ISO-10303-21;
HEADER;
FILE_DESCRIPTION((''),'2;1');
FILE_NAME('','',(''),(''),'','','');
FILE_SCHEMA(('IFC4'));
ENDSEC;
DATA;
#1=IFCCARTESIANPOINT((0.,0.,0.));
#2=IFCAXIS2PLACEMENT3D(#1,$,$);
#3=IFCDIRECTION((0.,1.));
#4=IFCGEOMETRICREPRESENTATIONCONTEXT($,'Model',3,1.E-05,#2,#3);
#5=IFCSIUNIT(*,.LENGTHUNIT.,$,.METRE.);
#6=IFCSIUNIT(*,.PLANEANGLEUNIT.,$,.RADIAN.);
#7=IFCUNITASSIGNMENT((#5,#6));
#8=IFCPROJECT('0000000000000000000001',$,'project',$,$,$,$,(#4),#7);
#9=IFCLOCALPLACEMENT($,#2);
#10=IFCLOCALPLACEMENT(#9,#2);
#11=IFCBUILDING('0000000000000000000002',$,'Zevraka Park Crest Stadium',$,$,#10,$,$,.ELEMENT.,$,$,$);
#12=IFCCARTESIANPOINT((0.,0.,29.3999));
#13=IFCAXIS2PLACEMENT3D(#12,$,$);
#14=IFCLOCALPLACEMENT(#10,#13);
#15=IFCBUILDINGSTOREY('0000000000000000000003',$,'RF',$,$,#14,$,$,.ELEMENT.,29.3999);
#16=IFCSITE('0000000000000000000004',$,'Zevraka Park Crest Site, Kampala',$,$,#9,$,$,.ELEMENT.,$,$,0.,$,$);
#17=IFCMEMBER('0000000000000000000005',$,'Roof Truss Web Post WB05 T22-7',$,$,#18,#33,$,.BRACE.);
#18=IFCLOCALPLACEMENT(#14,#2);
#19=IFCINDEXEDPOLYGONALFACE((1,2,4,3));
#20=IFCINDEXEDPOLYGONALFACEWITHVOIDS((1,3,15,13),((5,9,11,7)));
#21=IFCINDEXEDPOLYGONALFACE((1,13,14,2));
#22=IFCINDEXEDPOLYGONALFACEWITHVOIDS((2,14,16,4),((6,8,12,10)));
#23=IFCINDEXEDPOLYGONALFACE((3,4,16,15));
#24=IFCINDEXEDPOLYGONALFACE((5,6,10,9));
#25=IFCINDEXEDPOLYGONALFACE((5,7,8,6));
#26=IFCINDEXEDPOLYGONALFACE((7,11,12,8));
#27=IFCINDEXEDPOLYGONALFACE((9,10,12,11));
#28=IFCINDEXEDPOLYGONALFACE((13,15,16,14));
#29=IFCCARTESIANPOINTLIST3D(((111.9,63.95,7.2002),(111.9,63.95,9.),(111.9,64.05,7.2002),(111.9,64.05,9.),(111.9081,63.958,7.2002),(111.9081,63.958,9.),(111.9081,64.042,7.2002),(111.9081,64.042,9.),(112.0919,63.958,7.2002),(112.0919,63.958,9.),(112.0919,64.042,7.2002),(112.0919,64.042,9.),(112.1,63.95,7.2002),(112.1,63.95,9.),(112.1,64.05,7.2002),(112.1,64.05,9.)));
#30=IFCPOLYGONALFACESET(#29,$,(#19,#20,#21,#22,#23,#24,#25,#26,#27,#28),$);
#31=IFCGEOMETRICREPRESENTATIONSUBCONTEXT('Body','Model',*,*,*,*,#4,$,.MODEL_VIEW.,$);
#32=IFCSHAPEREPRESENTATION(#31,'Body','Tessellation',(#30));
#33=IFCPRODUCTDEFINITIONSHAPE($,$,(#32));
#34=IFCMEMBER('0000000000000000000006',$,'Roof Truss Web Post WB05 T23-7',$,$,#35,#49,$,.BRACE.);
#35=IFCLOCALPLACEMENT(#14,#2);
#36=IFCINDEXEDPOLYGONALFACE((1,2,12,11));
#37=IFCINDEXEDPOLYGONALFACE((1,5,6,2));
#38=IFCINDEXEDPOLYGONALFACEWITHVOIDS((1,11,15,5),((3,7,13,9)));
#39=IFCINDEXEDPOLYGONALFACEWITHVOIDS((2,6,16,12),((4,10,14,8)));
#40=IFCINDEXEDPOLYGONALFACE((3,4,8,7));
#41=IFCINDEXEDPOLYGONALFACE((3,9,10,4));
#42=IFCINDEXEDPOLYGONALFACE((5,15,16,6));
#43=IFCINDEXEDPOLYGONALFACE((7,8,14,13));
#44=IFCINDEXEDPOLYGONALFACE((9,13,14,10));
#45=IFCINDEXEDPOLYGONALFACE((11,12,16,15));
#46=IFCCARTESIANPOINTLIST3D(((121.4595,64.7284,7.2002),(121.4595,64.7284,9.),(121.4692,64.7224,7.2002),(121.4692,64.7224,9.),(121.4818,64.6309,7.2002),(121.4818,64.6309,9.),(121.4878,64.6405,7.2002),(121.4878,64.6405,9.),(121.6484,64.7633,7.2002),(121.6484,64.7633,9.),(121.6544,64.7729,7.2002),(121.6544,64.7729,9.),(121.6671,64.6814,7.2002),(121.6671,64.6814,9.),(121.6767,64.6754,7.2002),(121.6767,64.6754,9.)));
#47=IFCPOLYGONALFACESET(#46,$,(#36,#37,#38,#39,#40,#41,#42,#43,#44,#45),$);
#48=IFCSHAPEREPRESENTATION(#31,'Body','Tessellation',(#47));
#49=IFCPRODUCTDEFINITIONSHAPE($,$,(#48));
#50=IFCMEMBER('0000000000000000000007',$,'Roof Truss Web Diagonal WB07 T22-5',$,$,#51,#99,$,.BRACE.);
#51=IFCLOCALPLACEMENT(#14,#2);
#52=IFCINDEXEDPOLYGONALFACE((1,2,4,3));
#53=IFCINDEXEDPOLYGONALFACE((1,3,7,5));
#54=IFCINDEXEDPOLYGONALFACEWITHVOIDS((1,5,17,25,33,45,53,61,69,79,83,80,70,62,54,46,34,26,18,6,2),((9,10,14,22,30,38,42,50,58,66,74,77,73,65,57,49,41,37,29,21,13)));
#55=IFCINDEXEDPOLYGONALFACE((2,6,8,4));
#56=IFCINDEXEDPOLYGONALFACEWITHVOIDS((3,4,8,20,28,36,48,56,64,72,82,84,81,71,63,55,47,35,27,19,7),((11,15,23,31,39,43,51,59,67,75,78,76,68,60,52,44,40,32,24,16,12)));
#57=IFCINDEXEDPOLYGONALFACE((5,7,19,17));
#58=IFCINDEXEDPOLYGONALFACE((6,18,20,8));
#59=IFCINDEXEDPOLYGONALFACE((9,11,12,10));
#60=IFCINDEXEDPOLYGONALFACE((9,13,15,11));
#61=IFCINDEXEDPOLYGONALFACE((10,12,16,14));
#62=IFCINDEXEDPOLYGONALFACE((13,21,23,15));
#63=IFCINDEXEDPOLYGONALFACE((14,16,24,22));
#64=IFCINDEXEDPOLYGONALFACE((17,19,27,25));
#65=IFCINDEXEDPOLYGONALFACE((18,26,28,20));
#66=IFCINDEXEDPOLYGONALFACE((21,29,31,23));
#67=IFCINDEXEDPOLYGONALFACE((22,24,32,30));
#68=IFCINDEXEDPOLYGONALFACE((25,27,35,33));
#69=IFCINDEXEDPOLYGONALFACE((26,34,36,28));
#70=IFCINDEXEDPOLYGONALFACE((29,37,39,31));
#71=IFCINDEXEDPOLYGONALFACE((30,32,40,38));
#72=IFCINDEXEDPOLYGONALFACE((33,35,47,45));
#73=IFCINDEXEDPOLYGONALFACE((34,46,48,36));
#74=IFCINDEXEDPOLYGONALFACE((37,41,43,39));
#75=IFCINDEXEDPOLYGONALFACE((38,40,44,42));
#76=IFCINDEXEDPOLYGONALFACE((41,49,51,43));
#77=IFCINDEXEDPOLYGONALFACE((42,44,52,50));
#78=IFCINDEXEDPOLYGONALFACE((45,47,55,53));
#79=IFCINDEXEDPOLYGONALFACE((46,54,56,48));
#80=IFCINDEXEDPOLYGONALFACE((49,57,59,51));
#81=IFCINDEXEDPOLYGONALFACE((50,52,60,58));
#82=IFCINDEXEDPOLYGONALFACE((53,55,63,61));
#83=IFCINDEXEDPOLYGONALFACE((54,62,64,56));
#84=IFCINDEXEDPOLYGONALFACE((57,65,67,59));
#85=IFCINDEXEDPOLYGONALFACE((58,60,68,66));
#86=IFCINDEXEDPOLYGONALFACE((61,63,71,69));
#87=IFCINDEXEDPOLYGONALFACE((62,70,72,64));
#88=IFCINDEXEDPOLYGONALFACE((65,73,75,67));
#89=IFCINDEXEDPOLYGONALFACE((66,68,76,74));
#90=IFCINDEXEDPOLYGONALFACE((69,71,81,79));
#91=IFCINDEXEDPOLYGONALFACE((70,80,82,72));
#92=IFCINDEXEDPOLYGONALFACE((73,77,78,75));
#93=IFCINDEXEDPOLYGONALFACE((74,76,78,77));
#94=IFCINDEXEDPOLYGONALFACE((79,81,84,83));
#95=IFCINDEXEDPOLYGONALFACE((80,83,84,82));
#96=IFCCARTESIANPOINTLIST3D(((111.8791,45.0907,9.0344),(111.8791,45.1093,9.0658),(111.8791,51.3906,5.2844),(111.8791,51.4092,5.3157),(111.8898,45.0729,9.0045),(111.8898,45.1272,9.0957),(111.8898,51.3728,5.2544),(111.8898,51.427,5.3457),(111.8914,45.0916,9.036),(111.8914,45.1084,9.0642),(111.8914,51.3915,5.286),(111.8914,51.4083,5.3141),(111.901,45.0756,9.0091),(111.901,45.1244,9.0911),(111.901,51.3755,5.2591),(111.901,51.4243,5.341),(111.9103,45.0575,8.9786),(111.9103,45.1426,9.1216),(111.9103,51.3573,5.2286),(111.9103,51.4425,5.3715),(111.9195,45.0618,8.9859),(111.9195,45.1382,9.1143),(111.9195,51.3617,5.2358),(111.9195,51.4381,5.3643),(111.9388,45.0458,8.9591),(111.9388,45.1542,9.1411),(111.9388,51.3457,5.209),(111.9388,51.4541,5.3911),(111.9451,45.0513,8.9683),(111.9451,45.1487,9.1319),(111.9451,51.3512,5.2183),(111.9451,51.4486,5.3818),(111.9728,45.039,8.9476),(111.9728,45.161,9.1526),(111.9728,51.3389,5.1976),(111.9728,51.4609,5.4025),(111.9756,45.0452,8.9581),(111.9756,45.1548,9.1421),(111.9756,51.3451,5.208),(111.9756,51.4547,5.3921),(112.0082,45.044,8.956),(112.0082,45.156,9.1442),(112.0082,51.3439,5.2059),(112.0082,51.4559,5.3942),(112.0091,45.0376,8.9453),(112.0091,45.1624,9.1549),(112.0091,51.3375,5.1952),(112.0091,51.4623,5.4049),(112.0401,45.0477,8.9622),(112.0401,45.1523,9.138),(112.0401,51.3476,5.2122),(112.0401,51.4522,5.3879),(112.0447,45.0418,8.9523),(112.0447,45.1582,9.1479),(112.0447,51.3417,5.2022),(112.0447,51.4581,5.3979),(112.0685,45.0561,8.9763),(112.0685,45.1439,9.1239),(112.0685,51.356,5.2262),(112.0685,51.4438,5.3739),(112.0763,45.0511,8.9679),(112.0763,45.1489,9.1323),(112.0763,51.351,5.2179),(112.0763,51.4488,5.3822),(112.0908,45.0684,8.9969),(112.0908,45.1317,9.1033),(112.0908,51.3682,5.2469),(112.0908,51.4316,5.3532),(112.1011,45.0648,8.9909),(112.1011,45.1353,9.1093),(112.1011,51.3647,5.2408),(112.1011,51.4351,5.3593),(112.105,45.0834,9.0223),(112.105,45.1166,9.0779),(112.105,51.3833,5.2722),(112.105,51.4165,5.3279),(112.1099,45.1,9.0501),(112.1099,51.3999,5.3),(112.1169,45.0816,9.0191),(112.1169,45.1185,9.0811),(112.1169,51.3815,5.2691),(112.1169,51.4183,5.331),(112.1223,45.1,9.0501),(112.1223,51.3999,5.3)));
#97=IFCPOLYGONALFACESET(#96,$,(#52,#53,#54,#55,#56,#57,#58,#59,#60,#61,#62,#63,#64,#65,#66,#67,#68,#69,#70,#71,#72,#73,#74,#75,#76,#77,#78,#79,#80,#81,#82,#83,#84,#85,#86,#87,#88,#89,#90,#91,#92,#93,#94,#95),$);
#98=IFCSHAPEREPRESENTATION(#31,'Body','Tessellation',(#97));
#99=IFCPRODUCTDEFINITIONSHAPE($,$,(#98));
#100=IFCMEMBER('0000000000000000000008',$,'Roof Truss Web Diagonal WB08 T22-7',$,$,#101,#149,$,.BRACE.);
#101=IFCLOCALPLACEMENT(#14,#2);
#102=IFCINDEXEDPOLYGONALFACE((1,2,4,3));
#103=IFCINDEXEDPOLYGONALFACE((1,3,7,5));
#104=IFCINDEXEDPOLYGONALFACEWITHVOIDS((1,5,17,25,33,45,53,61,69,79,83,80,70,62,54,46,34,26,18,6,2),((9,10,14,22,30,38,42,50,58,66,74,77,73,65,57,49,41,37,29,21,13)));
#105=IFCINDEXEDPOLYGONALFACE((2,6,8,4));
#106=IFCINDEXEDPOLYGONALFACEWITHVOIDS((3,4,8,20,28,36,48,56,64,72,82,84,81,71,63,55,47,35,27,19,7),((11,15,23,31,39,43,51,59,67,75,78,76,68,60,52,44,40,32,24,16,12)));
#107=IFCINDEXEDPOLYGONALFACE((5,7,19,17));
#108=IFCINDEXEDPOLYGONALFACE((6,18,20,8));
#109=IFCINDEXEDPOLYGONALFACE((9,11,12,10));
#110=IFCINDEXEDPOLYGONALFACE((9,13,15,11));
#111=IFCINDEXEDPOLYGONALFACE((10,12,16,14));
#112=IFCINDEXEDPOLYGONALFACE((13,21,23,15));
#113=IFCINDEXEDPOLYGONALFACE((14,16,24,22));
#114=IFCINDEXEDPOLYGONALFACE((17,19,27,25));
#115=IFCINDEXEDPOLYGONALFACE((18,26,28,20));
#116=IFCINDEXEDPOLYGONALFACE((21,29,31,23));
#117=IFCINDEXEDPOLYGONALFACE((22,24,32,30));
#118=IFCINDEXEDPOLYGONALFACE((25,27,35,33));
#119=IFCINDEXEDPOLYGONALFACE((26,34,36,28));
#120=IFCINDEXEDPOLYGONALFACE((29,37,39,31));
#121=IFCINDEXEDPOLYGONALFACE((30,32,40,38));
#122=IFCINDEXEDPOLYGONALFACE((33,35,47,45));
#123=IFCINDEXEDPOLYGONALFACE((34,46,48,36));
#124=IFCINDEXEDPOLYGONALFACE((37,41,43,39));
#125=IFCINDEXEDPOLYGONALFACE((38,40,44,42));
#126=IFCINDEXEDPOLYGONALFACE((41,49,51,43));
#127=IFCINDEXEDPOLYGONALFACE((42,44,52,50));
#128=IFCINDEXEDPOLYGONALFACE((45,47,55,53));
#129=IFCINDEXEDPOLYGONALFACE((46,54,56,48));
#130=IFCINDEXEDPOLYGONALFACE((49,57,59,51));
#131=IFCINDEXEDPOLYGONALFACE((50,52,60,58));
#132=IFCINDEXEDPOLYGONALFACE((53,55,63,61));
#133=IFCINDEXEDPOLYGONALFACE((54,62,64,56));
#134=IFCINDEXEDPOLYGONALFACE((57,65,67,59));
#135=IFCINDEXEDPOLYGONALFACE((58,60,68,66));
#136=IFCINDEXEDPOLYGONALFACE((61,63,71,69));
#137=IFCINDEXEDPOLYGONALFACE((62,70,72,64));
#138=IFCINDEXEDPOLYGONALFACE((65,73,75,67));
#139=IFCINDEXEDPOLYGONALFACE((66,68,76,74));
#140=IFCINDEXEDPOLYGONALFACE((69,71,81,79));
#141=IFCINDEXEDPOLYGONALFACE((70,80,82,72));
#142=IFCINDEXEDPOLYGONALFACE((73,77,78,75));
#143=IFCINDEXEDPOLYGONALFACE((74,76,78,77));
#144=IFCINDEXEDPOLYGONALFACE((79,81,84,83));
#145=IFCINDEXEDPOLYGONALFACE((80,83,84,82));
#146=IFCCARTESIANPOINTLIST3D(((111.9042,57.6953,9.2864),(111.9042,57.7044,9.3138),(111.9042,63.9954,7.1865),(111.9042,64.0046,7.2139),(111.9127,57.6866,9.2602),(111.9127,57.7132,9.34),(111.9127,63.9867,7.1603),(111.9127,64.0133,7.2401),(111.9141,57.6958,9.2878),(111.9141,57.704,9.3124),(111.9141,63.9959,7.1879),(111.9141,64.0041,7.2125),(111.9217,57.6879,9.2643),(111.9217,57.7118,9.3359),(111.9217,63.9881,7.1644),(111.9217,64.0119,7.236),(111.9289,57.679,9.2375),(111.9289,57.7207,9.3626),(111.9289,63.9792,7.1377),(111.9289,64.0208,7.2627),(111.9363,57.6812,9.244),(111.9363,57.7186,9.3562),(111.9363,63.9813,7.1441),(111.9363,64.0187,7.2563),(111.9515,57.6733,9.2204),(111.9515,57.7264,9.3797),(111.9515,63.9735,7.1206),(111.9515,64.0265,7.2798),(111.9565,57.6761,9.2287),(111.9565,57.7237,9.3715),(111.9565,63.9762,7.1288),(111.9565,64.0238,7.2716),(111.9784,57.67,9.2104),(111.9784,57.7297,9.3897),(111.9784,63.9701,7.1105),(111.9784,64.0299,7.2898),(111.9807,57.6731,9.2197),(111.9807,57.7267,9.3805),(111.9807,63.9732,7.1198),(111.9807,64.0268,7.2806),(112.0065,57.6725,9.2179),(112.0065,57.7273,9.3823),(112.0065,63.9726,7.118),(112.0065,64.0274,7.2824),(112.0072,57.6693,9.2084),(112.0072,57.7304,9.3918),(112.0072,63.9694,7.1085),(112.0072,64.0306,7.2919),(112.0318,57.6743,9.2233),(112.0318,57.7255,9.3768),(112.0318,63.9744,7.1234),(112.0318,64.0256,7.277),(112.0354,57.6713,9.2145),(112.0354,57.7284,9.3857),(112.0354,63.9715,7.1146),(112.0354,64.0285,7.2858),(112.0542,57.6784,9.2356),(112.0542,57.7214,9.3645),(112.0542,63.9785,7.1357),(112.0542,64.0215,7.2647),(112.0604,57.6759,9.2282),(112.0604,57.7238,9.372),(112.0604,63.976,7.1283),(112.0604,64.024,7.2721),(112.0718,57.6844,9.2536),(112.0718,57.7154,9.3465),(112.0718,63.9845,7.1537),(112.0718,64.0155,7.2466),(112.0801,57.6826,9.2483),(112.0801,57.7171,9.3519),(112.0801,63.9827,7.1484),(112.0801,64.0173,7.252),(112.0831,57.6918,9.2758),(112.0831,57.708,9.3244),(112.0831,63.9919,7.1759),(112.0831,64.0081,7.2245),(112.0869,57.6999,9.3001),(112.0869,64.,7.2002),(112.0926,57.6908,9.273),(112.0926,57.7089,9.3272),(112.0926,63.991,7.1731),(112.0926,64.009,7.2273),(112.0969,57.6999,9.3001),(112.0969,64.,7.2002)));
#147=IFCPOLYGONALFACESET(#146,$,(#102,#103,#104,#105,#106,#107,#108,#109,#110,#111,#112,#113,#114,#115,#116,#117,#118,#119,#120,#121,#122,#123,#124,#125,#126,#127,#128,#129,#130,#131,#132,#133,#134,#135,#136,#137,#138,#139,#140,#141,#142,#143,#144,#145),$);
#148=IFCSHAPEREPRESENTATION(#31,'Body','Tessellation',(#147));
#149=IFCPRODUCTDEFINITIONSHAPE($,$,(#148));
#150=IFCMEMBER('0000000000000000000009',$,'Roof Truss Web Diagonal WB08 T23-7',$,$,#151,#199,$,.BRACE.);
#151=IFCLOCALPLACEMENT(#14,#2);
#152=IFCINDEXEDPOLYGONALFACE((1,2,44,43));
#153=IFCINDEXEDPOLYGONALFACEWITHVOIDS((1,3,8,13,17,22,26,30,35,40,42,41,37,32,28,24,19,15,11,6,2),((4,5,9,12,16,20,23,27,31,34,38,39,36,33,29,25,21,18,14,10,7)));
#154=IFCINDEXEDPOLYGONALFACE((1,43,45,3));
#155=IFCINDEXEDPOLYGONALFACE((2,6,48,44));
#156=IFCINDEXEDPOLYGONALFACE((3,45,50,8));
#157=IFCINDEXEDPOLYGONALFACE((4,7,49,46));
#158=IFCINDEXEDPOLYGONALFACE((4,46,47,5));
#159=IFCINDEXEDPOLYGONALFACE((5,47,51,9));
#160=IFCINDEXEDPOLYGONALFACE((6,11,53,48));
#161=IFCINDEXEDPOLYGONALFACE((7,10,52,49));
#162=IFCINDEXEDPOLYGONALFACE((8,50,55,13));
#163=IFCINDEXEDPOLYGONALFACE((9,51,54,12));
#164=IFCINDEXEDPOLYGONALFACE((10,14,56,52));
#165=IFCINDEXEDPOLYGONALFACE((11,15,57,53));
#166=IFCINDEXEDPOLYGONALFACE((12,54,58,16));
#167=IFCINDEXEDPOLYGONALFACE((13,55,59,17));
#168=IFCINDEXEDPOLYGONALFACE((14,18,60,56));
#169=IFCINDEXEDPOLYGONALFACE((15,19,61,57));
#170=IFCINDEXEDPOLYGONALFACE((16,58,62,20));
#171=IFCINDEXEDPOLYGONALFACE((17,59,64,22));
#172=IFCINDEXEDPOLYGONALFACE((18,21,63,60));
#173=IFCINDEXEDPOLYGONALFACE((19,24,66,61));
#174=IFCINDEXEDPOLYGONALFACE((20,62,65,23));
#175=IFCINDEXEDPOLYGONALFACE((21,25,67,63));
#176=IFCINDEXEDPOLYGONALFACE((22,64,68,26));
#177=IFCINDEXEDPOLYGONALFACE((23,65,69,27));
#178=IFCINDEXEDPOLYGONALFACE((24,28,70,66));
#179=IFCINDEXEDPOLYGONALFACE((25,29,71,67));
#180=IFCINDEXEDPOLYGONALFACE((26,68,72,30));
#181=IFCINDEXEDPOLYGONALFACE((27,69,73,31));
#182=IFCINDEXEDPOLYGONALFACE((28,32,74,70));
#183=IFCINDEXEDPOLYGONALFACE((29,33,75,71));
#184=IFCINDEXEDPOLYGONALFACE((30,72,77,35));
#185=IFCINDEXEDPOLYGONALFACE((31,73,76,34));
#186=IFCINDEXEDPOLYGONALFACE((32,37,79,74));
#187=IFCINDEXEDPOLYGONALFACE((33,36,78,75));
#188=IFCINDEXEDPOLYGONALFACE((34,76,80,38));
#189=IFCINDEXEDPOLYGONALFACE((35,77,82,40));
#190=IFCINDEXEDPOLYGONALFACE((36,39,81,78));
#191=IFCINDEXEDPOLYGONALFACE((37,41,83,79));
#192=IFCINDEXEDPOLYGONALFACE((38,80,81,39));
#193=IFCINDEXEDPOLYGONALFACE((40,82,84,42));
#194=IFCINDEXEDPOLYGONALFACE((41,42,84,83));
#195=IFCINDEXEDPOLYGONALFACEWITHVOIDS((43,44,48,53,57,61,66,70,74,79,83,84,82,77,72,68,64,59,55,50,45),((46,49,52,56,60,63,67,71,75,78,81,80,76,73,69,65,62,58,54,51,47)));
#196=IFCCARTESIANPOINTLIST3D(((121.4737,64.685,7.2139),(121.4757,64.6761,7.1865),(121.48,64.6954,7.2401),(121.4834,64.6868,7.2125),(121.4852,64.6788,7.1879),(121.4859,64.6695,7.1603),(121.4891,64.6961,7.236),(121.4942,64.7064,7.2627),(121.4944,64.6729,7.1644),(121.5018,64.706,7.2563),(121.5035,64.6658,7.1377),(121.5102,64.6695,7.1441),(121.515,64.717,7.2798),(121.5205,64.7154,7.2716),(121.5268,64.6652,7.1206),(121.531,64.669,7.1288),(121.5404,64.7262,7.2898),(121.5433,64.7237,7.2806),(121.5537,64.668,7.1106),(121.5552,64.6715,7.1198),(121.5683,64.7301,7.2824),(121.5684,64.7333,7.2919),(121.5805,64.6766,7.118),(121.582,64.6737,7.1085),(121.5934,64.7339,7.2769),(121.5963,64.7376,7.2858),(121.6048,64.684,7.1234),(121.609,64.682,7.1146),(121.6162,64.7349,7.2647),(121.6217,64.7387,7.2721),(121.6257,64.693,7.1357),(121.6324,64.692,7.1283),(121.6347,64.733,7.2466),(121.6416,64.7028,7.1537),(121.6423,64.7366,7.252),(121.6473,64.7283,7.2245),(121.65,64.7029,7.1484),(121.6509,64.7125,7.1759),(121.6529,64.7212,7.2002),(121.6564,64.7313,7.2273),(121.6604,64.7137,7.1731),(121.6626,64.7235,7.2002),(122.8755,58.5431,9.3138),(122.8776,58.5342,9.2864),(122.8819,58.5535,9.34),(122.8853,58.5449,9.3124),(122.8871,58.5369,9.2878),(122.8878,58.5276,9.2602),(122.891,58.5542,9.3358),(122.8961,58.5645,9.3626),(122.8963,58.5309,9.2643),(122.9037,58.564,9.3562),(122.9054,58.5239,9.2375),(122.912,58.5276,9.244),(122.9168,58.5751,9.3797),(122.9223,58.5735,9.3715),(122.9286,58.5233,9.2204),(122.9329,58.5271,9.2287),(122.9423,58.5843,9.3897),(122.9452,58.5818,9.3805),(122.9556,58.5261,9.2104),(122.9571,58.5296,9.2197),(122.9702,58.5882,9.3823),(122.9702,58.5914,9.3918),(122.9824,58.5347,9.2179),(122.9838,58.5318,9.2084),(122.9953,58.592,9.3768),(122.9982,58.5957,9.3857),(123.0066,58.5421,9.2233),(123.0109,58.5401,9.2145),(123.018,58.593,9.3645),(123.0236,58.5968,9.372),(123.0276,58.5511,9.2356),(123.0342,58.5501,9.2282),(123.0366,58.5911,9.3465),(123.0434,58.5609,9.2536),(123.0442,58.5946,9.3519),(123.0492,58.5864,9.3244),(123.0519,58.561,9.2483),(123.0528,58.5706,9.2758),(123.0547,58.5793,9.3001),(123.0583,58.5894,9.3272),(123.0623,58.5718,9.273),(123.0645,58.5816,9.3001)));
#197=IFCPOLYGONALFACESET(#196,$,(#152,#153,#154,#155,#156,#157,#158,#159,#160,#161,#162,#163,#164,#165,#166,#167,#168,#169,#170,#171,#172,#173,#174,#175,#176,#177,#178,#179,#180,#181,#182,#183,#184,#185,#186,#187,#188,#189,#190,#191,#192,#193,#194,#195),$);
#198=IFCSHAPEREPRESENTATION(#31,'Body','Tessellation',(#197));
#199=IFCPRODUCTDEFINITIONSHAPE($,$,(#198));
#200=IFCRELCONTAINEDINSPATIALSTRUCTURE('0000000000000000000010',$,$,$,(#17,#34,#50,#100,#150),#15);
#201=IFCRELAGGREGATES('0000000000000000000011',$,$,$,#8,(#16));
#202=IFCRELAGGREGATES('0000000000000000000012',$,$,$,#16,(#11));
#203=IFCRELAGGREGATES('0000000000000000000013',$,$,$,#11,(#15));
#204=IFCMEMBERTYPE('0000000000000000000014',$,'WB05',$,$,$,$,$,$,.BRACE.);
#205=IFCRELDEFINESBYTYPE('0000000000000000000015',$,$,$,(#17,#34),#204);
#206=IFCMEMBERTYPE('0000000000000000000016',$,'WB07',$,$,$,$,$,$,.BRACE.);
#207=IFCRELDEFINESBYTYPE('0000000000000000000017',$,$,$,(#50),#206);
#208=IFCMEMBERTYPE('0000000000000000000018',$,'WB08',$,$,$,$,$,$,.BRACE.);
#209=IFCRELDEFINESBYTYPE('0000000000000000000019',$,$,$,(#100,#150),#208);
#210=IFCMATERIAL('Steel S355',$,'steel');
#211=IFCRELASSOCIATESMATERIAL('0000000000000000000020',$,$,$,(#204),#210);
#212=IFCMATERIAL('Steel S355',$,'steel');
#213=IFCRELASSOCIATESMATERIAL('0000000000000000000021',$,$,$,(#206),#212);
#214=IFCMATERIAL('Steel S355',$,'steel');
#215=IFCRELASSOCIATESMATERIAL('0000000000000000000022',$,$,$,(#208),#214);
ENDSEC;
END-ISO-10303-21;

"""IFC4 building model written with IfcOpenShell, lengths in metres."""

from ifc_helpers import new_model, si_unit, direction, frame, origin, origin_2d, place, context, subcontext, project, spatial, hollow_rectangle, hollow_circle, extrude, material, material_profile, profile_set, type_object, element, save


model = new_model("IFC4")

# Units and contexts
model_context = context("Model", 3, precision=1e-05, world=origin(), true_north=direction((0.0, 1.0)))
body_context = subcontext(model_context, "Body", "Model", "MODEL_VIEW")
ifc_project = project(units=[si_unit("LENGTHUNIT", "METRE"), si_unit("PLANEANGLEUNIT", "RADIAN")], contexts=[model_context])

# Site, building, storey
site_placement = place(None, origin())
site = spatial("IfcSite", under=ifc_project, at=site_placement, Name="Zevraka Park Crest Site, Kampala", CompositionType="ELEMENT", RefElevation=0.0)
building_placement = place(site_placement, origin())
building = spatial("IfcBuilding", under=site, at=building_placement, Name="Zevraka Park Crest Stadium", CompositionType="ELEMENT")
storey_placement = place(building_placement, frame((0.0, 0.0, 29.3999)))
storey = spatial("IfcBuildingStorey", under=building, at=storey_placement, Name="RF", CompositionType="ELEMENT", Elevation=29.3999)

# Members
ifc_material_1 = material(Name="Steel S355", Category="steel")
ifc_material_profile_1 = material_profile(ifc_material_1, hollow_rectangle(XDim=0.1001, YDim=0.2, WallThickness=0.0081, at=origin_2d()), Name="RHS 200x100x8")
ifc_profile_set_1 = profile_set([ifc_material_profile_1], Name="Steel S355")
member_type_1 = type_object("IfcMemberType", Name="WB05", PredefinedType="BRACE", material=ifc_profile_set_1)
for number, where, z_axis, x_axis, name in (
    (1, (112.0, 64.0, 7.2002), (0.0, 0.0, 1.0), (0.0, 1.0, 0.0), "Roof Truss Web Post WB05 T22-7"),
    (2, (121.5681, 64.7019, 7.2002), (0.0, 0.0, 1.0), (-0.22257, 0.974917, 0.0), "Roof Truss Web Post WB05 T23-7"),
):
    element("IfcMember", number, at=place(storey_placement, frame(where, z_axis=z_axis, x_axis=x_axis)), inside=storey, type_object=member_type_1, Name=name, PredefinedType="BRACE", context=body_context, shape_type="SweptSolid", body=[
        extrude(hollow_rectangle(XDim=0.1001, YDim=0.2, WallThickness=0.0081, at=origin_2d()), origin(), (0.0, 0.0, 1.0), 1.7998),
    ])
ifc_material_2 = material(Name="Steel S355", Category="steel")
ifc_material_profile_2 = material_profile(ifc_material_2, hollow_circle(Radius=0.1223, WallThickness=0.0125, at=origin_2d()), Name="CHS 244.5x12.5")
ifc_profile_set_2 = profile_set([ifc_material_profile_2], Name="Steel S355")
member_type_2 = type_object("IfcMemberType", Name="WB07", PredefinedType="BRACE", material=ifc_profile_set_2)
member_1_placement = place(storey_placement, frame((112.0, 51.3999, 5.3), z_axis=(0.0, -0.859286, 0.511496), x_axis=(1.0, 0.0, 0.0)))
element("IfcMember", 3, at=member_1_placement, inside=storey, type_object=member_type_2, Name="Roof Truss Web Diagonal WB07 T22-5", PredefinedType="BRACE", context=body_context, shape_type="SweptSolid", body=[
    extrude(hollow_circle(Radius=0.1223, WallThickness=0.0125, at=origin_2d()), origin(), (0.0, 0.0, 1.0), 7.3315),
])
ifc_material_3 = material(Name="Steel S355", Category="steel")
ifc_material_profile_3 = material_profile(ifc_material_3, hollow_circle(Radius=0.0969, WallThickness=0.01, at=origin_2d()), Name="CHS 193.7x10")
ifc_profile_set_3 = profile_set([ifc_material_profile_3], Name="Steel S355")
member_type_3 = type_object("IfcMemberType", Name="WB08", PredefinedType="BRACE", material=ifc_profile_set_3)
member_2_placement = place(storey_placement, frame((112.0, 64.0, 7.2002), z_axis=(0.0, -0.948691, 0.316206), x_axis=(1.0, 0.0, 0.0)))
element("IfcMember", 4, at=member_2_placement, inside=storey, type_object=member_type_3, Name="Roof Truss Web Diagonal WB08 T22-7", PredefinedType="BRACE", context=body_context, shape_type="SweptSolid", body=[
    extrude(hollow_circle(Radius=0.0969, WallThickness=0.01, at=origin_2d()), origin(), (0.0, 0.0, 1.0), 6.6409),
])
member_3_placement = place(storey_placement, frame((121.5681, 64.7019, 7.2002), z_axis=(0.211105, -0.924901, 0.316217), x_axis=(0.974927, 0.222524, 0.0)))
element("IfcMember", 5, at=member_3_placement, inside=storey, type_object=member_type_3, Name="Roof Truss Web Diagonal WB08 T23-7", PredefinedType="BRACE", context=body_context, shape_type="SweptSolid", body=[
    extrude(hollow_circle(Radius=0.0969, WallThickness=0.01, at=origin_2d()), origin(), (0.0, 0.0, 1.0), 6.6406),
])

save(model, "model.ifc")
